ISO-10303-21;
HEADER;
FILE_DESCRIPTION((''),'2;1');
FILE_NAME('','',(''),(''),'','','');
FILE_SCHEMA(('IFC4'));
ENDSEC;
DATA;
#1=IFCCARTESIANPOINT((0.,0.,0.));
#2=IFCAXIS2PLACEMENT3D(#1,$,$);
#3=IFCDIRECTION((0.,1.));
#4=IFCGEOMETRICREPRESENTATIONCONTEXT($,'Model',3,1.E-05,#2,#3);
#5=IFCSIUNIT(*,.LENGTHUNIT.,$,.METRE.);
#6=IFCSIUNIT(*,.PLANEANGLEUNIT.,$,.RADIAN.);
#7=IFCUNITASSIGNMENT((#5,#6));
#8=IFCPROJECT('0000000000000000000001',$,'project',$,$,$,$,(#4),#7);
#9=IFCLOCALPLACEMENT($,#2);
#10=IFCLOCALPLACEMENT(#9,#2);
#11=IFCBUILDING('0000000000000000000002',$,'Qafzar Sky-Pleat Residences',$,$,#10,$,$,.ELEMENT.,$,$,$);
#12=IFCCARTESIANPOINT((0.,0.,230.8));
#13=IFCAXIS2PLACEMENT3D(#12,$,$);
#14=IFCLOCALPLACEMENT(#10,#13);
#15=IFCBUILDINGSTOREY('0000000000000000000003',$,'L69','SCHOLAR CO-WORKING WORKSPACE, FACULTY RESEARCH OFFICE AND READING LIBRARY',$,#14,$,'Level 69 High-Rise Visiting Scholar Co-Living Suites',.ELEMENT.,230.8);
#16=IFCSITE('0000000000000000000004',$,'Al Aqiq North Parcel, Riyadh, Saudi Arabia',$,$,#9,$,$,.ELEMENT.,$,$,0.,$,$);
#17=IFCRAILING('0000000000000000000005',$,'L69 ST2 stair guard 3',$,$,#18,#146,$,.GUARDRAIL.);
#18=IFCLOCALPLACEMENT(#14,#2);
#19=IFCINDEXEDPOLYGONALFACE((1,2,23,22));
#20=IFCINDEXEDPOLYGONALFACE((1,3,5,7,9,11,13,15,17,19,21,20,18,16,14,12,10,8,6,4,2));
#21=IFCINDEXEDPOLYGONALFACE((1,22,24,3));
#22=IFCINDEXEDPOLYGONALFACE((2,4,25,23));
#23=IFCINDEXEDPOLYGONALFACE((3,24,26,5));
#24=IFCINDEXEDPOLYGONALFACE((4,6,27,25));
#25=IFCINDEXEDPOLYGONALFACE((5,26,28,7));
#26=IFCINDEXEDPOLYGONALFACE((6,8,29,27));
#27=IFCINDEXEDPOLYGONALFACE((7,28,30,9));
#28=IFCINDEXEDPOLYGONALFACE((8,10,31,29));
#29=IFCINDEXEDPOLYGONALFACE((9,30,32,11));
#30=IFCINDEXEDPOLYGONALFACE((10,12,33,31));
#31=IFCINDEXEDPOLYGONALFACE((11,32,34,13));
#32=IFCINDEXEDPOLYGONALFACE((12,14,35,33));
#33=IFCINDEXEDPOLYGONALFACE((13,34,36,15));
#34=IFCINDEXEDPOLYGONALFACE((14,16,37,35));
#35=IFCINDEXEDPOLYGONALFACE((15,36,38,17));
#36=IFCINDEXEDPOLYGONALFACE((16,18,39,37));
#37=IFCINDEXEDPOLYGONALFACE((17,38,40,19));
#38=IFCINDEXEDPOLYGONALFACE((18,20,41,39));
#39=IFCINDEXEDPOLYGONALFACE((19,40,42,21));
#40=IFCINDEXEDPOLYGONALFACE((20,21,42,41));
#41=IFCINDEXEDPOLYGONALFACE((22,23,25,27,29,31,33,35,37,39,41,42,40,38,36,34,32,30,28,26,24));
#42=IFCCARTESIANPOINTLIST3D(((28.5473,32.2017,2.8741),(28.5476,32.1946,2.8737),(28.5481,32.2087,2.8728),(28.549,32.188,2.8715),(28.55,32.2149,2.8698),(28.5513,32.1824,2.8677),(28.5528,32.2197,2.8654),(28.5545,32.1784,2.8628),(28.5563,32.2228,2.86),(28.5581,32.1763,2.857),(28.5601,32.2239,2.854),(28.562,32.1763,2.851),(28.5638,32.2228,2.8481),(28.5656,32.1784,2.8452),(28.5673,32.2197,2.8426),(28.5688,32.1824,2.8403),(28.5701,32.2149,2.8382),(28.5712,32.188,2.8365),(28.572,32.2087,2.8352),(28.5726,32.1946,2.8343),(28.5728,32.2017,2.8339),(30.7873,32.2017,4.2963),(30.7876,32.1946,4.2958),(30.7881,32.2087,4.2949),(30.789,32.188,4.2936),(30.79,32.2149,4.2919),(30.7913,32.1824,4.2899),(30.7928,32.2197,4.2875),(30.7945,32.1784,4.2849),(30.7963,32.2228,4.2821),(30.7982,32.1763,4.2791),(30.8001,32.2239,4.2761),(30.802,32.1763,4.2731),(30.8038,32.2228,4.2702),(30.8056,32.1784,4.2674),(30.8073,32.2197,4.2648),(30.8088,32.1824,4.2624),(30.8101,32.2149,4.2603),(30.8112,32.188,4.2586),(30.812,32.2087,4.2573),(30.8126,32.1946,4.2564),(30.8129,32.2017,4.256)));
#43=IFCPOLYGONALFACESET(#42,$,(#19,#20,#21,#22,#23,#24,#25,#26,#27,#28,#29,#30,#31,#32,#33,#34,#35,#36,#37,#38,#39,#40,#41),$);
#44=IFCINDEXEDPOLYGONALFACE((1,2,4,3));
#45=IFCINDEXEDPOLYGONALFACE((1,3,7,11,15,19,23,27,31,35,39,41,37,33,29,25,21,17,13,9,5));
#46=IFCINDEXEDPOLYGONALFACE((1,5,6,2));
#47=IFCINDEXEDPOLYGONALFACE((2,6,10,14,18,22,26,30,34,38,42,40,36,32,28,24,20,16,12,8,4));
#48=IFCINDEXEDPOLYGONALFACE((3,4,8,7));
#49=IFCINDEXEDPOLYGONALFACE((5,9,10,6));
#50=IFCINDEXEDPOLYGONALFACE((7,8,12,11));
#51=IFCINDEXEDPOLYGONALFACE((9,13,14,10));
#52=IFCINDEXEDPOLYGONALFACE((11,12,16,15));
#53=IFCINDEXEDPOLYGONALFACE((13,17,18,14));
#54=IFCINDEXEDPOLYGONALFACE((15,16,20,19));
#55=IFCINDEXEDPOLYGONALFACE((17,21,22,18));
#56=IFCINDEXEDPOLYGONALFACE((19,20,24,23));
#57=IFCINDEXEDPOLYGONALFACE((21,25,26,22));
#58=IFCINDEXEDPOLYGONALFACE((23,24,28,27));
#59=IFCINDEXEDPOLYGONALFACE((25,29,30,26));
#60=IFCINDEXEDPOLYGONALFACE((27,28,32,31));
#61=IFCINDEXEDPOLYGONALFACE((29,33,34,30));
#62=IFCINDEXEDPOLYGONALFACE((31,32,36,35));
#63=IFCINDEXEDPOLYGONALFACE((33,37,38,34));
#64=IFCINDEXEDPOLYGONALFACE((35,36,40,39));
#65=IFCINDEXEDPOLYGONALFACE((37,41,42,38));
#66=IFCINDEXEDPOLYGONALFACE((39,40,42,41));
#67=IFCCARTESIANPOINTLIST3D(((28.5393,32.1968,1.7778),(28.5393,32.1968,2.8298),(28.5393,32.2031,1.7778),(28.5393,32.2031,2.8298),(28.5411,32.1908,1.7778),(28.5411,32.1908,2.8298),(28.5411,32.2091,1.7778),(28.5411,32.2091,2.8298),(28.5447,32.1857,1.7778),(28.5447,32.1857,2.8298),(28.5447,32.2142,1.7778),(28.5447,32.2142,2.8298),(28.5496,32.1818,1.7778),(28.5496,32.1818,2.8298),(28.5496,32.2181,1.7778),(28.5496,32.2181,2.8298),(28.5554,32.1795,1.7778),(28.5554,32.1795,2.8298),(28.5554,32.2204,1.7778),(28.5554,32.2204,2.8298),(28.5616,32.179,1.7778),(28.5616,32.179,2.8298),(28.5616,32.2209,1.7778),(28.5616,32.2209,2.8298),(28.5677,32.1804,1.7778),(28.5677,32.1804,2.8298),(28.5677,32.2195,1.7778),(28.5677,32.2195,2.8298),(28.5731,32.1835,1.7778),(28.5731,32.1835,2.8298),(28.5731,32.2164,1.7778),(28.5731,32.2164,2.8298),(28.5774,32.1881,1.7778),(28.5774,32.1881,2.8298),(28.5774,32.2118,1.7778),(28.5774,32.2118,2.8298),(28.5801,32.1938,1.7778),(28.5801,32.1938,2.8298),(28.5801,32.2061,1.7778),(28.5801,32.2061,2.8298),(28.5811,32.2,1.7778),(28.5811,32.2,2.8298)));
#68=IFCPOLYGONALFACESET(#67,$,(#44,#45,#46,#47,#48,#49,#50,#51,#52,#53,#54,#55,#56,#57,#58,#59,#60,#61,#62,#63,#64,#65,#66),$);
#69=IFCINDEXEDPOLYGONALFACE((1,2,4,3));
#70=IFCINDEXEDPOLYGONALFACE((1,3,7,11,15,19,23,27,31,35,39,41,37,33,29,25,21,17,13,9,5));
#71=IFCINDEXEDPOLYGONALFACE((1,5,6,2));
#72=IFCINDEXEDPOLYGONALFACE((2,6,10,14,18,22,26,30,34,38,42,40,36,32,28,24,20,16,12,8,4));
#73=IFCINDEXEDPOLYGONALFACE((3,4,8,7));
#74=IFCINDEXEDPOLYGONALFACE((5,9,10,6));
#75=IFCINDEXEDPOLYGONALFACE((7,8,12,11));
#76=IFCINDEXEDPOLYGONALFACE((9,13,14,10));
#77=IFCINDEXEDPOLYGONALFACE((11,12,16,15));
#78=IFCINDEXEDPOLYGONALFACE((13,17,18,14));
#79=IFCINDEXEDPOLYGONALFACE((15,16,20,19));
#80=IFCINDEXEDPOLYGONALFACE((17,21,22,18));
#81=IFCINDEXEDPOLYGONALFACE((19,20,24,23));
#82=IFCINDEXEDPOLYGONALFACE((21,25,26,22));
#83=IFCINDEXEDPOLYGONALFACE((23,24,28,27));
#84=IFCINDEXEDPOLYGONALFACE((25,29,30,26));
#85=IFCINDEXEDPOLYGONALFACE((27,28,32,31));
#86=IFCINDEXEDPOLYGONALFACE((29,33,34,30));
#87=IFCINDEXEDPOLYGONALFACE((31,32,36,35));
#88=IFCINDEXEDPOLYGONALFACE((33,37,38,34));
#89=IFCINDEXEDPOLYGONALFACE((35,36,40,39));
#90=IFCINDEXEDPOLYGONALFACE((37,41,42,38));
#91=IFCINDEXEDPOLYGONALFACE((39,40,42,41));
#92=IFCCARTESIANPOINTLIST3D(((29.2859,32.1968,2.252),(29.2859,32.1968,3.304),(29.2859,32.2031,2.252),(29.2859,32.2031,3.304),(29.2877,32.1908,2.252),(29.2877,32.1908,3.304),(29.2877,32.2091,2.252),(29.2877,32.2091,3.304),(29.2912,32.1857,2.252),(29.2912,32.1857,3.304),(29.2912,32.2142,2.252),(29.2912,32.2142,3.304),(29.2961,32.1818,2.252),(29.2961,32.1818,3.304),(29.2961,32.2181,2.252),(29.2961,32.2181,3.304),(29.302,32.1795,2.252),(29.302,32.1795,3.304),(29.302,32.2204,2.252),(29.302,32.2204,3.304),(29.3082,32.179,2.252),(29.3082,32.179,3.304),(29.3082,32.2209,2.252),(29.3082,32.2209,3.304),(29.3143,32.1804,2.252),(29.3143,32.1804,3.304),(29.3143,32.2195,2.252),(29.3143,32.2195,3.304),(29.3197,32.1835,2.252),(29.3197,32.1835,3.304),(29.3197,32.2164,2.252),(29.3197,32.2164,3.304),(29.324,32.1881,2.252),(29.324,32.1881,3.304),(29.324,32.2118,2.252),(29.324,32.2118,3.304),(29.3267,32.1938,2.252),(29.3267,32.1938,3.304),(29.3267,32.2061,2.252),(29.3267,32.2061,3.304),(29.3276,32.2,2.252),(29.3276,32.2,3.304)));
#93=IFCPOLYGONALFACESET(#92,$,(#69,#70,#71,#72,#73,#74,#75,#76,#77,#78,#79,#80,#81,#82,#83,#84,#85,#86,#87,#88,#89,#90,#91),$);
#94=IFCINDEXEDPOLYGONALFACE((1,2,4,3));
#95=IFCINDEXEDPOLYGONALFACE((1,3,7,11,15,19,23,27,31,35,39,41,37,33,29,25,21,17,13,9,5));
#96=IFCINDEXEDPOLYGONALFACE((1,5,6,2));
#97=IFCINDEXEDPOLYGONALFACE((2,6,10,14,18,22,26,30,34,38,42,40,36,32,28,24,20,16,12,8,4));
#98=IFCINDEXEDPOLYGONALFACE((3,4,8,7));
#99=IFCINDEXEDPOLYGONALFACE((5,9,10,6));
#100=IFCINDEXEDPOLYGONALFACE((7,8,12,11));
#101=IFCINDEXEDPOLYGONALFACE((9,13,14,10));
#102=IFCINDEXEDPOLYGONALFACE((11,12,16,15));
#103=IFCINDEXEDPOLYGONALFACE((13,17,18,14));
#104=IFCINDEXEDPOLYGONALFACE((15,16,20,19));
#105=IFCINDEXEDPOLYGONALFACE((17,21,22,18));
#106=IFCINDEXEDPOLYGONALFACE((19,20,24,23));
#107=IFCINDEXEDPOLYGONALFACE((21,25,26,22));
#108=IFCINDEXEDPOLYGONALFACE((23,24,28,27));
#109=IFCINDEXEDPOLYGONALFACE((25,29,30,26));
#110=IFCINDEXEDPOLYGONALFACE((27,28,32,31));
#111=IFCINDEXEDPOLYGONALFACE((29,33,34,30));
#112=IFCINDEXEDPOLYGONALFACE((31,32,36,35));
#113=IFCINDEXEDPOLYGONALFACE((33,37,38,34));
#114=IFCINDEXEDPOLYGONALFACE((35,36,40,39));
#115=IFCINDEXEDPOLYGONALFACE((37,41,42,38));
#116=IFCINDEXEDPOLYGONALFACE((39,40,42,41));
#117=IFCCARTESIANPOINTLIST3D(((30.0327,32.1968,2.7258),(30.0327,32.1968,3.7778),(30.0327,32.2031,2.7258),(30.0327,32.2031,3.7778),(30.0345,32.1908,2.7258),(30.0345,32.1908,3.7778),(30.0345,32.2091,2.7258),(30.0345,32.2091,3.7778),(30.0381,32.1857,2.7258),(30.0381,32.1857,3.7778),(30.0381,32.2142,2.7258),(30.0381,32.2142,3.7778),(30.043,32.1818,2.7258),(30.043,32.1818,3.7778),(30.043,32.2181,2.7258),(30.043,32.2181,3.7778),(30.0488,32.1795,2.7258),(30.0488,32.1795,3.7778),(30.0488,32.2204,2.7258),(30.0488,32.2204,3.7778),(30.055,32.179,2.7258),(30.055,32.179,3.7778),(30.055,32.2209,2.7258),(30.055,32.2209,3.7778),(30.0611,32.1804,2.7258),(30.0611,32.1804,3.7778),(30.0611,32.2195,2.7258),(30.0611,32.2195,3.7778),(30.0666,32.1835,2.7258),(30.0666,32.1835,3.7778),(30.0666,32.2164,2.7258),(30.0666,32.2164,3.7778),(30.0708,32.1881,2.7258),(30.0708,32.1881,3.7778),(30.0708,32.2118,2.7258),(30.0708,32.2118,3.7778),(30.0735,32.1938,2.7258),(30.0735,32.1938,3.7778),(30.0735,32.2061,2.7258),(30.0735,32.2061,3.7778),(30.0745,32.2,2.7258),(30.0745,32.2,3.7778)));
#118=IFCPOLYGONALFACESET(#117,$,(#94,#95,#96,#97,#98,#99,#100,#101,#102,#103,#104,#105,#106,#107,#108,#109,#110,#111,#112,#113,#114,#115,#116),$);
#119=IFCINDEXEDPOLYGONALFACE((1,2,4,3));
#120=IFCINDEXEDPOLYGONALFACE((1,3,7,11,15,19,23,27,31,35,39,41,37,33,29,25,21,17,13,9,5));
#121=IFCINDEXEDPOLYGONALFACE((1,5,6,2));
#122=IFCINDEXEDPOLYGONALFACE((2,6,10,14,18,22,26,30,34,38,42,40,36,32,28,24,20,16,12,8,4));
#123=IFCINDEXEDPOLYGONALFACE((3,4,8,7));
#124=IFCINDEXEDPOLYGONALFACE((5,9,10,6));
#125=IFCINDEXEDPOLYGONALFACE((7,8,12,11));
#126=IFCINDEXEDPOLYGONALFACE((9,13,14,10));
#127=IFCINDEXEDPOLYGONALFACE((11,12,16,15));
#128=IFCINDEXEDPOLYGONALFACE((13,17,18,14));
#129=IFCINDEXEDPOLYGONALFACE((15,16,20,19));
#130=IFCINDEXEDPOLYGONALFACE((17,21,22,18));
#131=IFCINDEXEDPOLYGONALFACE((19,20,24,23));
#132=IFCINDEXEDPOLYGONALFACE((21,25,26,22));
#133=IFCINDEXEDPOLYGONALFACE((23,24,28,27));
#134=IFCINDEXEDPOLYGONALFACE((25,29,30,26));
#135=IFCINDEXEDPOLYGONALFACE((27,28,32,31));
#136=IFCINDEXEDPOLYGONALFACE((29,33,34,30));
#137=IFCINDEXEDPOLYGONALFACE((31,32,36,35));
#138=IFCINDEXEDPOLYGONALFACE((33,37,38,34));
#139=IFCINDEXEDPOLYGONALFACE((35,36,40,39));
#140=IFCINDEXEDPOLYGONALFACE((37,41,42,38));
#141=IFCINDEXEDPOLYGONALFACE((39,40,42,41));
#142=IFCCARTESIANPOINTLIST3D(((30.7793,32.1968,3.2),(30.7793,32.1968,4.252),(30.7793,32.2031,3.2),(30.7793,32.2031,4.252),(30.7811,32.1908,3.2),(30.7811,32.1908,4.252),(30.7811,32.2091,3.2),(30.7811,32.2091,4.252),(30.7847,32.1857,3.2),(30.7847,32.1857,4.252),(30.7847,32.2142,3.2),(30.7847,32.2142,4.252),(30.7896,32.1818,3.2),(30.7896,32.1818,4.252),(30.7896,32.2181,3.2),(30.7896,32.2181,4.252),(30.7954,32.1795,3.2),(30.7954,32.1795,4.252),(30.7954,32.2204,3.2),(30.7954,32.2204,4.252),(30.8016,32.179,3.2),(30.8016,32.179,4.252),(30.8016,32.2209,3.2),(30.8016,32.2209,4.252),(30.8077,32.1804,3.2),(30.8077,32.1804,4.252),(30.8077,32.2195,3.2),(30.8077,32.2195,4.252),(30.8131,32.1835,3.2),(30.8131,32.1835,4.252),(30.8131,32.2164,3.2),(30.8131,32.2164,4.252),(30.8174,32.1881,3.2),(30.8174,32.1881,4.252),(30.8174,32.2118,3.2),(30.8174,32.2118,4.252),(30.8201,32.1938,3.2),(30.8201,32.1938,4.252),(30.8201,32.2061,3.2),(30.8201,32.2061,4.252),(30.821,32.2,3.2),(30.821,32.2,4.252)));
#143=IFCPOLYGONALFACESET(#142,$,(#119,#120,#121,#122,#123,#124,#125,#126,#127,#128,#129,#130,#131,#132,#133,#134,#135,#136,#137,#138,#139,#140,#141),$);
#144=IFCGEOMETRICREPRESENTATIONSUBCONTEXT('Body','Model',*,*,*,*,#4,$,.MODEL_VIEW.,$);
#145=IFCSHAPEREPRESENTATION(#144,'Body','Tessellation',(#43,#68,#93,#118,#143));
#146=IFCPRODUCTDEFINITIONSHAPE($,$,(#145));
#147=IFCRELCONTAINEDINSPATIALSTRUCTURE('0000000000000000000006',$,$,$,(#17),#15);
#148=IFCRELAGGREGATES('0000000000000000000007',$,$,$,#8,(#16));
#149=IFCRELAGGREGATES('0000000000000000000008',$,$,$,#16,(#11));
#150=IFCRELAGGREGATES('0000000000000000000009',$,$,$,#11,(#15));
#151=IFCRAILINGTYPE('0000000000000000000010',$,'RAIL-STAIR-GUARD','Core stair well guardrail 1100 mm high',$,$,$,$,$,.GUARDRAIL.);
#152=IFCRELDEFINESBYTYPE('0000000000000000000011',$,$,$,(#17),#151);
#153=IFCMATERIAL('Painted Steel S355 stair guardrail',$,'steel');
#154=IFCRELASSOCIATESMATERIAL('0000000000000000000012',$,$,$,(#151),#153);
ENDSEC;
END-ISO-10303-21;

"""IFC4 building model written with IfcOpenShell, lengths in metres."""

from ifc_helpers import new_model, si_unit, direction, frame, origin, origin_2d, place, context, subcontext, project, spatial, circle, extrude, source, transform, mapped, material, type_object, element, save


model = new_model("IFC4")

# Units and contexts
model_context = context("Model", 3, precision=1e-05, world=origin(), true_north=direction((0.0, 1.0)))
body_context = subcontext(model_context, "Body", "Model", "MODEL_VIEW")
ifc_project = project(units=[si_unit("LENGTHUNIT", "METRE"), si_unit("PLANEANGLEUNIT", "RADIAN")], contexts=[model_context])

# Site, building, storey
site_placement = place(None, origin())
site = spatial("IfcSite", under=ifc_project, at=site_placement, Name="Al Aqiq North Parcel, Riyadh, Saudi Arabia", CompositionType="ELEMENT", RefElevation=0.0)
building_placement = place(site_placement, origin())
building = spatial("IfcBuilding", under=site, at=building_placement, Name="Qafzar Sky-Pleat Residences", CompositionType="ELEMENT")
storey_placement = place(building_placement, frame((0.0, 0.0, 230.8)))
storey = spatial("IfcBuildingStorey", under=building, at=storey_placement, Name="L69", Description="SCHOLAR CO-WORKING WORKSPACE, FACULTY RESEARCH OFFICE AND READING LIBRARY", LongName="Level 69 High-Rise Visiting Scholar Co-Living Suites", CompositionType="ELEMENT", Elevation=230.8)

# Railing
ifc_material_1 = material(Name="Painted Steel S355 stair guardrail", Category="steel")
railing_type_1 = type_object("IfcRailingType", Name="RAIL-STAIR-GUARD", Description="Core stair well guardrail 1100 mm high", PredefinedType="GUARDRAIL", material=ifc_material_1)
shared_shape_1 = source(origin(), body_context, "Body", "SweptSolid", [
    extrude(circle(Radius=0.0239, at=origin_2d()), frame((0.0, 0.0, 1.0762), z_axis=(0.844229, 0.0, 0.535982), x_axis=(0.0, 1.0, 0.0)), (0.0, 0.0, 1.0), 2.6533),
    extrude(circle(Radius=0.021, at=origin_2d()), origin(), (0.0, 0.0, 1.0), 1.052),
    extrude(circle(Radius=0.021, at=origin_2d()), frame((0.7466, 0.0, 0.4741)), (0.0, 0.0, 1.0), 1.052),
    extrude(circle(Radius=0.021, at=origin_2d()), frame((1.4934, 0.0, 0.948)), (0.0, 0.0, 1.0), 1.052),
    extrude(circle(Radius=0.021, at=origin_2d()), frame((2.24, 0.0, 1.4221)), (0.0, 0.0, 1.0), 1.052),
])
railing_1_placement = place(storey_placement, frame((28.5601, 32.2, 1.7778)))
element("IfcRailing", 1, at=railing_1_placement, inside=storey, type_object=railing_type_1, Name="L69 ST2 stair guard 3", PredefinedType="GUARDRAIL", context=body_context, shape_type="MappedRepresentation", body=[
    mapped(shared_shape_1, transform((0.0, 0.0, 0.0), x_axis=(1.0, 0.0, 0.0), y_axis=(0.0, 1.0, 0.0), z_axis=(0.0, 0.0, 1.0), scale=1.0)),
])

save(model, "model.ifc")
